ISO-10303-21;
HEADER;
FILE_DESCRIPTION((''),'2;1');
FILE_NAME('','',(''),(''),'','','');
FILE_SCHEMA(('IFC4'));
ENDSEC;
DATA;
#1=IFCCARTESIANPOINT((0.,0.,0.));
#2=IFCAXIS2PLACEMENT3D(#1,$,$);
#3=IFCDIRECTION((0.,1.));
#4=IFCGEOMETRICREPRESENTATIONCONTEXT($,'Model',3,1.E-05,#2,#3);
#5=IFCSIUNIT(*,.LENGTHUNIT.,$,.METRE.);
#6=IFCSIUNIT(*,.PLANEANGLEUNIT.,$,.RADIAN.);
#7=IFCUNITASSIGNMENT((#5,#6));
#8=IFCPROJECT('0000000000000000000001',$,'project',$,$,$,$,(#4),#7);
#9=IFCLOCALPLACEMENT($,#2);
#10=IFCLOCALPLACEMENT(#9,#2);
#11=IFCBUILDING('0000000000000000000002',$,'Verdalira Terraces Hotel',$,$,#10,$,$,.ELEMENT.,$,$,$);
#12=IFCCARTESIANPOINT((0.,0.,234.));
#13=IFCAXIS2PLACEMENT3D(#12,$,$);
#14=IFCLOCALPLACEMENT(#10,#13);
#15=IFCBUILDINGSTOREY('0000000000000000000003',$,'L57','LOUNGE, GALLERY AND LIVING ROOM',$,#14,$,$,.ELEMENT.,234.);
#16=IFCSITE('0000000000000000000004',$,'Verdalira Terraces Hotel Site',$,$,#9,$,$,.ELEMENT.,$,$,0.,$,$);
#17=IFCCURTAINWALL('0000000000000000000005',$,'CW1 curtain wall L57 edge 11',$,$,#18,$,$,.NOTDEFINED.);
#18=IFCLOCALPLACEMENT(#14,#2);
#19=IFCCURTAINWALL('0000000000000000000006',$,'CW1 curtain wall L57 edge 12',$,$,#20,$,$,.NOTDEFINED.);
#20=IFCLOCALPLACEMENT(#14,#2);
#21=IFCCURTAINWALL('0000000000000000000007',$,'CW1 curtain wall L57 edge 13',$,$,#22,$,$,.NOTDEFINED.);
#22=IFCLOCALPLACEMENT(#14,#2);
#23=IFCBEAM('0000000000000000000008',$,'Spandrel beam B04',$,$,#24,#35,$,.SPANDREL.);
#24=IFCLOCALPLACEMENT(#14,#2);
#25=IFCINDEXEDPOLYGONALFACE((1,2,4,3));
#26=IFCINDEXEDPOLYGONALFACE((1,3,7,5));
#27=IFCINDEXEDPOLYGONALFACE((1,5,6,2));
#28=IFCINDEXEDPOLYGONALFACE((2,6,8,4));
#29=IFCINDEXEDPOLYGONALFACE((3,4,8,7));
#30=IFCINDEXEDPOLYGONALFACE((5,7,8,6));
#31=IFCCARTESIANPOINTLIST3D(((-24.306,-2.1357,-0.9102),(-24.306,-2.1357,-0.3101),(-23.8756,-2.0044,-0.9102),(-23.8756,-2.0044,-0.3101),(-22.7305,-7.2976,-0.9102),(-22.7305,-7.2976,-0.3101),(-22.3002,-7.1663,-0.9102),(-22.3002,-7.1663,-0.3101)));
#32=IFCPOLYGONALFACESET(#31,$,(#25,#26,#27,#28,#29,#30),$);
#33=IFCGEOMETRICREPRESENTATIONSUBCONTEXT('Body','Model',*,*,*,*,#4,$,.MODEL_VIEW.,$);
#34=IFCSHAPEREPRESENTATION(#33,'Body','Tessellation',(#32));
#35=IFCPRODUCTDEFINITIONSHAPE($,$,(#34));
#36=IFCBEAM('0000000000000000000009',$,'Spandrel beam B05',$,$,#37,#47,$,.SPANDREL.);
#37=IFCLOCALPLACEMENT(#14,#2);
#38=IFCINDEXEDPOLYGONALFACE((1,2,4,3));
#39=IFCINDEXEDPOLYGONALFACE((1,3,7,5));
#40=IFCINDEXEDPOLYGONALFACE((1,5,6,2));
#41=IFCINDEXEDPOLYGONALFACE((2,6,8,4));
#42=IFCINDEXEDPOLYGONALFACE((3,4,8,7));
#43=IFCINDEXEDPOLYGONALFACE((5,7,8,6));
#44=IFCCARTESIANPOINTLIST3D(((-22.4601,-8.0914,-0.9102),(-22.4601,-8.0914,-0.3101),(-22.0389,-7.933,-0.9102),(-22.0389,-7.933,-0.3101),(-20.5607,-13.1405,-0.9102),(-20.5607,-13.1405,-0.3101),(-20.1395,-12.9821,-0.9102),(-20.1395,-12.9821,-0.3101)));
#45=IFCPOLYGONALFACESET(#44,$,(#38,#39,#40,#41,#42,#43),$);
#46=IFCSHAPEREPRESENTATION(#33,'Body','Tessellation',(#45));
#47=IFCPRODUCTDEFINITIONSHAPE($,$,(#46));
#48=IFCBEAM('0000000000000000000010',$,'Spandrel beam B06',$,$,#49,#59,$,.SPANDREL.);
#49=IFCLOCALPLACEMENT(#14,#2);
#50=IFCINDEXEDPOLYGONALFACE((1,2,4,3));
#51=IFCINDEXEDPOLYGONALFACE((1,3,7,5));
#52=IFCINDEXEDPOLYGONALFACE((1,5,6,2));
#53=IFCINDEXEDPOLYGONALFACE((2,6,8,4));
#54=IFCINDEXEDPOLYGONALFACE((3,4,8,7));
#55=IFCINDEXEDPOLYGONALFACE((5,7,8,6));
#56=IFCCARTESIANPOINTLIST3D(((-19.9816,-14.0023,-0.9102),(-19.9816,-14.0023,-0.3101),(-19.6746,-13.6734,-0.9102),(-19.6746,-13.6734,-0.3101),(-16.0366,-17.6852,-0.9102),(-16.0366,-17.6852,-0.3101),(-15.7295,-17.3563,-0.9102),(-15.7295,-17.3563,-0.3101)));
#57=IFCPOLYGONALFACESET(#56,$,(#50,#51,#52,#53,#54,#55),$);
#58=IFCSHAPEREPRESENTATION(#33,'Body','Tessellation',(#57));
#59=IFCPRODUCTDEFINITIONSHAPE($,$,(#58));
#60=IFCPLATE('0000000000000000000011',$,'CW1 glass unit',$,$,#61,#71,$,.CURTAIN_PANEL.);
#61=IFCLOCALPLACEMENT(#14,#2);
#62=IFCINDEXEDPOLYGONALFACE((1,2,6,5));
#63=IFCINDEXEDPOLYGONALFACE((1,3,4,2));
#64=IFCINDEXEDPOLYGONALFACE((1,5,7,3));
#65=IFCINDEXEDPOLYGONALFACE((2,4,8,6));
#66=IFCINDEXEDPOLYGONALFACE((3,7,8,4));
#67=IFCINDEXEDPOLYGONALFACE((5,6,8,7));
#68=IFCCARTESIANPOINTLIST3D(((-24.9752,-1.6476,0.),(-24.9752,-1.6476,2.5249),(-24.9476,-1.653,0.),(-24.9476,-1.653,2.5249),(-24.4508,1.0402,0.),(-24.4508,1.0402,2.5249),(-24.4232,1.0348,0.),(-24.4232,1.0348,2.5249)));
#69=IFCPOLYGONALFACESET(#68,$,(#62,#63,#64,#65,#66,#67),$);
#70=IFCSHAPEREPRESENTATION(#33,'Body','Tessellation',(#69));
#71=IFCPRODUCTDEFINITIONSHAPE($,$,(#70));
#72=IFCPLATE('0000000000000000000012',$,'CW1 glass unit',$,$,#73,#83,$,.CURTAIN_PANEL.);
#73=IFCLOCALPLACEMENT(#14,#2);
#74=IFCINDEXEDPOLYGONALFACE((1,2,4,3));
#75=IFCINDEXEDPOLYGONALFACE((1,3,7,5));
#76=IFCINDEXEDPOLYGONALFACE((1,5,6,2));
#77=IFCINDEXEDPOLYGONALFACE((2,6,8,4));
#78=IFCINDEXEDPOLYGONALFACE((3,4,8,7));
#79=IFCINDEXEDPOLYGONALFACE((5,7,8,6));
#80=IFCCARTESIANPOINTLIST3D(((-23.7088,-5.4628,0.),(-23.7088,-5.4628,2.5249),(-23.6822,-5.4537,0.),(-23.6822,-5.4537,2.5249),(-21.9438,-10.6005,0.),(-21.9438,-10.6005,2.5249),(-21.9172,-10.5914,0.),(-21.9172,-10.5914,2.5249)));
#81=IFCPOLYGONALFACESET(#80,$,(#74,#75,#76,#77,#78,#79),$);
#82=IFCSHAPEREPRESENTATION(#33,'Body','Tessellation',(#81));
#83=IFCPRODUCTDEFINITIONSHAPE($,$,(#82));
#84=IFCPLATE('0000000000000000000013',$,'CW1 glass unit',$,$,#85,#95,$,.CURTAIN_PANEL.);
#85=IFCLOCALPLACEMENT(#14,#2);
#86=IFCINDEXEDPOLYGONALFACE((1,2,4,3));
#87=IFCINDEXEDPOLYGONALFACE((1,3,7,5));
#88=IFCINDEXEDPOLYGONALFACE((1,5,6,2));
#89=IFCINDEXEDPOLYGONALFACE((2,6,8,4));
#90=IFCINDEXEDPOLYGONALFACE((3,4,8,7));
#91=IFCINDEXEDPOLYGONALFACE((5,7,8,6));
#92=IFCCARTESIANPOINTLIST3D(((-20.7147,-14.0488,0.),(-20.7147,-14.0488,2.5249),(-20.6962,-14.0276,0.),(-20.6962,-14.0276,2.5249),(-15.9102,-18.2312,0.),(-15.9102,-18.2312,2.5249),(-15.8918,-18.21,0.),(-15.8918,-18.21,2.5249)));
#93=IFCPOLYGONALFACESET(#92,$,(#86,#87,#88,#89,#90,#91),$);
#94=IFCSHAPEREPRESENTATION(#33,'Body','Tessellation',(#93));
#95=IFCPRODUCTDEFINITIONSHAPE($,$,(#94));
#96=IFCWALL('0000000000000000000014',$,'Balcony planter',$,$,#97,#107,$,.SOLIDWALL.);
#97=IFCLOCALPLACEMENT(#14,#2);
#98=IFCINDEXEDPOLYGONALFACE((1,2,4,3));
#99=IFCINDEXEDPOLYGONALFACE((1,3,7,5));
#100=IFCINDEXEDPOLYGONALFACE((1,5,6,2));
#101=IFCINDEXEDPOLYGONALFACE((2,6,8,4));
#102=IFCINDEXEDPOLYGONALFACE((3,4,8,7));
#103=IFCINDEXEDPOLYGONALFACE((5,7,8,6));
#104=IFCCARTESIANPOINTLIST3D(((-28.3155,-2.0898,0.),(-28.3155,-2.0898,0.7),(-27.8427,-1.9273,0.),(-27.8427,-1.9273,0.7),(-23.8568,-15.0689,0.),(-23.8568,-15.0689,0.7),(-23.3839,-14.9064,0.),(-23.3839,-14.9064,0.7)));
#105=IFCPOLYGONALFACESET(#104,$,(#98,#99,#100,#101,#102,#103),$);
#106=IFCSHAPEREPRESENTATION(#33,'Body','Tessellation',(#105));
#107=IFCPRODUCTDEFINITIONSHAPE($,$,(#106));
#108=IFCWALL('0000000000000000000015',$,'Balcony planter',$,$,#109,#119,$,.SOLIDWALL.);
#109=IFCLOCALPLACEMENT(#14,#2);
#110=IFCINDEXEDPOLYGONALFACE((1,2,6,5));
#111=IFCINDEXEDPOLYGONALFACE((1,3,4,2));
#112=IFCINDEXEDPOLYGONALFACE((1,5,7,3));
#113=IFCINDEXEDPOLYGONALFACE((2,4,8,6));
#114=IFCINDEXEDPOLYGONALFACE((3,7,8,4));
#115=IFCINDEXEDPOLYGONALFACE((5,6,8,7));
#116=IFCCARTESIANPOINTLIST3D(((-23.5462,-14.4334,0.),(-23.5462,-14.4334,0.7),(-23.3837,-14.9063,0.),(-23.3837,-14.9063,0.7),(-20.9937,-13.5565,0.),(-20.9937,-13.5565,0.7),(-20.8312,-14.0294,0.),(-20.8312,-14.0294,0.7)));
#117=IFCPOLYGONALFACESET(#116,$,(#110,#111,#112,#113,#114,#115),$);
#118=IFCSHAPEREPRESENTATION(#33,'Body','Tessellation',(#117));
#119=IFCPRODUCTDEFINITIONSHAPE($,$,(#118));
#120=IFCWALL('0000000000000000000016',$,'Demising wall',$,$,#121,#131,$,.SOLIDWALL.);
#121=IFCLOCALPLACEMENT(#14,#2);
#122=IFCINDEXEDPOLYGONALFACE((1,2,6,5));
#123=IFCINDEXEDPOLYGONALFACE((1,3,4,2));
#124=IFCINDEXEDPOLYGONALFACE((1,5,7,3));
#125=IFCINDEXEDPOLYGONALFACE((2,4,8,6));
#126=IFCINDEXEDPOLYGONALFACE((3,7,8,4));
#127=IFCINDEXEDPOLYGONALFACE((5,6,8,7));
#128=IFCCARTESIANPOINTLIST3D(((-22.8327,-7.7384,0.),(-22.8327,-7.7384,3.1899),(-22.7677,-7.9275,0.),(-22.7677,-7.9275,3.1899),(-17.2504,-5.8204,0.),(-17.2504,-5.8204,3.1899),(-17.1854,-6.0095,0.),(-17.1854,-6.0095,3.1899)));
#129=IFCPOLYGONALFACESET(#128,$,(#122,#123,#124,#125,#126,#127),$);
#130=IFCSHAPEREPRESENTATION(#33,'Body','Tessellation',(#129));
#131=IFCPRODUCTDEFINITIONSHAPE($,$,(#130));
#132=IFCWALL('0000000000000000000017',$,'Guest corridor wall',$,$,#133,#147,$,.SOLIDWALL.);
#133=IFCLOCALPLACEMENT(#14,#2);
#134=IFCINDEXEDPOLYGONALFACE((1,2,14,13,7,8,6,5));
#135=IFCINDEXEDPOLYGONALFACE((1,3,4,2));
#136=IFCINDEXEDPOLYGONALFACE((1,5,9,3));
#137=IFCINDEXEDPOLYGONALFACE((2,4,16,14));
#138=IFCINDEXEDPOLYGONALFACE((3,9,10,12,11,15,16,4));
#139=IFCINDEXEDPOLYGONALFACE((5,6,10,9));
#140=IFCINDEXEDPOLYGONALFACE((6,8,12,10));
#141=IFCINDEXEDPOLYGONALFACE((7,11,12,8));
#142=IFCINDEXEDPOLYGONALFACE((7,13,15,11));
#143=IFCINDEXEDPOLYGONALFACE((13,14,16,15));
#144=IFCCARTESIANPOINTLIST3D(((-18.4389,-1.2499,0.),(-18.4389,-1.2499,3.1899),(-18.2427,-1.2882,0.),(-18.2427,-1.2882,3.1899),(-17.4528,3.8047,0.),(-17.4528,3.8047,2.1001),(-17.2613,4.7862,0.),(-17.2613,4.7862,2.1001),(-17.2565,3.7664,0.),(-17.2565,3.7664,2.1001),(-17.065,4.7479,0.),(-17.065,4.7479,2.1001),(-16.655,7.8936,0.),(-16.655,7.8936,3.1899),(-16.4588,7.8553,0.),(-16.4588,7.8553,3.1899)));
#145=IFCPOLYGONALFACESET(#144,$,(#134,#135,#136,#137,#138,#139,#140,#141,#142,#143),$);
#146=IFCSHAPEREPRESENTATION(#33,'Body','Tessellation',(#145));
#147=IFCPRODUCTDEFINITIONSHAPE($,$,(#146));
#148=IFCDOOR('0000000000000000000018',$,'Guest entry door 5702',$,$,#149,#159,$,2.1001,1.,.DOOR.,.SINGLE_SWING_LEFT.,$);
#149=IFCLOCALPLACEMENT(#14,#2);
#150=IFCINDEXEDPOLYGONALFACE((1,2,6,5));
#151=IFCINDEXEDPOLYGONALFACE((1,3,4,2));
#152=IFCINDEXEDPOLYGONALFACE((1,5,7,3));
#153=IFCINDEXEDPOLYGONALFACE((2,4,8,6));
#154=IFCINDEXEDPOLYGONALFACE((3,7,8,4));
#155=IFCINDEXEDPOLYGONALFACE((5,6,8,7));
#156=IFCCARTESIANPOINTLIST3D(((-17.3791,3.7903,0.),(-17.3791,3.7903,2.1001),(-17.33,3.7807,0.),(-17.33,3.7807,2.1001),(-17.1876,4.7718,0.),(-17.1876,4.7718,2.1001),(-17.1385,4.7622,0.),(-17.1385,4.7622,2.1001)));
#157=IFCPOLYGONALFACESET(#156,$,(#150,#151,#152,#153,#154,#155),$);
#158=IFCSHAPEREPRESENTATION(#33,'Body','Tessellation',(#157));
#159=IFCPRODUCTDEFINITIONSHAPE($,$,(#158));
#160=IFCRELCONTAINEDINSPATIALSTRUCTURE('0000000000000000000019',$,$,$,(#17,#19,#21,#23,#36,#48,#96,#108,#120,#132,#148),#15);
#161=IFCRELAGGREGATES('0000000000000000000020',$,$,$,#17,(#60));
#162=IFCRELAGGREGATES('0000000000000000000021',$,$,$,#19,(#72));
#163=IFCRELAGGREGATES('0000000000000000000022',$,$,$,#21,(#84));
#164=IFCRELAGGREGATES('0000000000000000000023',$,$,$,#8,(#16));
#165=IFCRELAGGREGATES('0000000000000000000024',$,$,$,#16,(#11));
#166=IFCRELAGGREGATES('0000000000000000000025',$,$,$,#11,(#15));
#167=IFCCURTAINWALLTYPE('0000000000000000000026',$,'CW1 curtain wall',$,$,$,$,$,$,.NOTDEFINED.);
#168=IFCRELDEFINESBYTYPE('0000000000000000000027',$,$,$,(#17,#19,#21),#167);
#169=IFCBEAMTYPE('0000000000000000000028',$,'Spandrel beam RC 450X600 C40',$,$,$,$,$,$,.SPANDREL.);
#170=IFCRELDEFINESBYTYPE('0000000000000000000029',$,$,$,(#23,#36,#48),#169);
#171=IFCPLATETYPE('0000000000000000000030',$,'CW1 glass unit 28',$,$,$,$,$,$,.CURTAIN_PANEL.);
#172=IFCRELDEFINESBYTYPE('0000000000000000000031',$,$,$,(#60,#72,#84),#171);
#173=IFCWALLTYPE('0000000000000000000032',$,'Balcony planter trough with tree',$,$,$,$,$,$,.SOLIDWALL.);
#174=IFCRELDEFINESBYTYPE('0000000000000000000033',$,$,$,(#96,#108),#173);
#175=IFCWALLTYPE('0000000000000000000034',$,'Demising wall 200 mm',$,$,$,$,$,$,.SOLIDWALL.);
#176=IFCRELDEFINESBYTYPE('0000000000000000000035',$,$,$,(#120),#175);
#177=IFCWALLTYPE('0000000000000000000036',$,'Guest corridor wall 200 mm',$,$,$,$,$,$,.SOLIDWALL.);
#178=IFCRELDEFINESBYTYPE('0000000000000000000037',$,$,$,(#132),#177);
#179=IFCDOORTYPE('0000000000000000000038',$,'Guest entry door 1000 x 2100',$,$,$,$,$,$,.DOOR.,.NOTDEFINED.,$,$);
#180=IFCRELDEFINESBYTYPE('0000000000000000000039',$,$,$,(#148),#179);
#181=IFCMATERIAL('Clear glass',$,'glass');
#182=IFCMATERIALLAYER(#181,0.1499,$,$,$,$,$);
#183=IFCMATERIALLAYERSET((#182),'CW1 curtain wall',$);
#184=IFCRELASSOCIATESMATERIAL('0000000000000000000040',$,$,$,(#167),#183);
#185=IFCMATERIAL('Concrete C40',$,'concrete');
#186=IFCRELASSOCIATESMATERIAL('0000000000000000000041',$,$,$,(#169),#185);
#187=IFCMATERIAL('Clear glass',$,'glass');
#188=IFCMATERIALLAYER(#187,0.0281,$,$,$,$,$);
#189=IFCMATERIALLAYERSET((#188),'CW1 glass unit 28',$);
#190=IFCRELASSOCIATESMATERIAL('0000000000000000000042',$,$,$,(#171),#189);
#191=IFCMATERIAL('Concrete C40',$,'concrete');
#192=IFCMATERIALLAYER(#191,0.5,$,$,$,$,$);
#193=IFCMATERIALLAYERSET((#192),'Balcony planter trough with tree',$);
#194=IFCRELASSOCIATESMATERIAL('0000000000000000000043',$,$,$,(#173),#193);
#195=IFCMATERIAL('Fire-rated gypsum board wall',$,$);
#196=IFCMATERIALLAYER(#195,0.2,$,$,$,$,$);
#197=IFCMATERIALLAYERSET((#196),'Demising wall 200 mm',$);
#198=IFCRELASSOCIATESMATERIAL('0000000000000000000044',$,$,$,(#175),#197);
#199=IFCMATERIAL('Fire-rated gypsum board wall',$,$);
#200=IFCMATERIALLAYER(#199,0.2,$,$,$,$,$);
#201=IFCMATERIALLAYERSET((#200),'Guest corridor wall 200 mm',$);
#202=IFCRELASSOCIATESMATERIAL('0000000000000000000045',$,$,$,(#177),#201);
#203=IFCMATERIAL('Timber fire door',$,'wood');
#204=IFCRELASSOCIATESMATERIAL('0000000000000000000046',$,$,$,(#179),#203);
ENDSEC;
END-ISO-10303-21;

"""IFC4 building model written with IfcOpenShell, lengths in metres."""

from ifc_helpers import new_model, si_unit, direction, frame, frame_2d, origin, origin_2d, place, context, subcontext, project, spatial, rectangle, extrude, material, layer, layer_set, material_profile, profile_set, type_object, element, fill, aggregate, save


model = new_model("IFC4")

# Units and contexts
model_context = context("Model", 3, precision=1e-05, world=origin(), true_north=direction((0.0, 1.0)))
body_context = subcontext(model_context, "Body", "Model", "MODEL_VIEW")
ifc_project = project(units=[si_unit("LENGTHUNIT", "METRE"), si_unit("PLANEANGLEUNIT", "RADIAN")], contexts=[model_context])

# Site, building, storey
site_placement = place(None, origin())
site = spatial("IfcSite", under=ifc_project, at=site_placement, Name="Verdalira Terraces Hotel Site", CompositionType="ELEMENT", RefElevation=0.0)
building_placement = place(site_placement, origin())
building = spatial("IfcBuilding", under=site, at=building_placement, Name="Verdalira Terraces Hotel", CompositionType="ELEMENT")
storey_placement = place(building_placement, frame((0.0, 0.0, 234.0)))
storey = spatial("IfcBuildingStorey", under=building, at=storey_placement, Name="L57", Description="LOUNGE, GALLERY AND LIVING ROOM", CompositionType="ELEMENT", Elevation=234.0)

# Curtain wall
ifc_material_1 = material(Name="Clear glass", Category="glass")
ifc_layer_1 = layer(ifc_material_1, 0.1499)
ifc_layer_set_1 = layer_set([ifc_layer_1], Name="CW1 curtain wall")
curtain_wall_type = type_object("IfcCurtainWallType", Name="CW1 curtain wall", PredefinedType="NOTDEFINED", material=ifc_layer_set_1)
curtain_wall_1_placement = place(storey_placement, origin())
curtain_wall_1 = element("IfcCurtainWall", 1, at=curtain_wall_1_placement, inside=storey, type_object=curtain_wall_type, Name="CW1 curtain wall L57 edge 11", PredefinedType="NOTDEFINED")

# Curtain wall
curtain_wall_2_placement = place(storey_placement, origin())
curtain_wall_2 = element("IfcCurtainWall", 2, at=curtain_wall_2_placement, inside=storey, type_object=curtain_wall_type, Name="CW1 curtain wall L57 edge 12", PredefinedType="NOTDEFINED")

# Curtain wall
curtain_wall_3_placement = place(storey_placement, origin())
curtain_wall_3 = element("IfcCurtainWall", 3, at=curtain_wall_3_placement, inside=storey, type_object=curtain_wall_type, Name="CW1 curtain wall L57 edge 13", PredefinedType="NOTDEFINED")

# Beams
ifc_material_2 = material(Name="Concrete C40", Category="concrete")
ifc_material_profile_1 = material_profile(ifc_material_2, rectangle(XDim=0.45, YDim=0.6001, at=origin_2d()), Name="RC 450X600")
ifc_profile_set_1 = profile_set([ifc_material_profile_1], Name="Concrete C40")
beam_type_1 = type_object("IfcBeamType", Name="Spandrel beam RC 450X600 C40", PredefinedType="SPANDREL", material=ifc_profile_set_1)
beam_1_placement = place(storey_placement, frame((-24.0908, -2.0701, -0.6101), z_axis=(0.291914, -0.956445, 0.0), x_axis=(0.956445, 0.291914, 0.0)))
element("IfcBeam", 4, at=beam_1_placement, inside=storey, type_object=beam_type_1, Name="Spandrel beam B04", PredefinedType="SPANDREL", context=body_context, shape_type="SweptSolid", body=[
    extrude(rectangle(XDim=0.45, YDim=0.6001, at=origin_2d()), origin(), (0.0, 0.0, 1.0), 5.397),
])
beam_2_placement = place(storey_placement, frame((-22.2495, -8.0122, -0.6101), z_axis=(0.3521, -0.935962, 0.0), x_axis=(0.935962, 0.3521, 0.0)))
element("IfcBeam", 5, at=beam_2_placement, inside=storey, type_object=beam_type_1, Name="Spandrel beam B05", PredefinedType="SPANDREL", context=body_context, shape_type="SweptSolid", body=[
    extrude(rectangle(XDim=0.45, YDim=0.6001, at=origin_2d()), origin(), (0.0, 0.0, 1.0), 5.3945),
])
beam_3_placement = place(storey_placement, frame((-19.8281, -13.8379, -0.6101), z_axis=(0.730982, -0.682397, 0.0), x_axis=(0.682397, 0.730982, 0.0)))
element("IfcBeam", 6, at=beam_3_placement, inside=storey, type_object=beam_type_1, Name="Spandrel beam B06", PredefinedType="SPANDREL", context=body_context, shape_type="SweptSolid", body=[
    extrude(rectangle(XDim=0.45, YDim=0.6001, at=origin_2d()), origin(), (0.0, 0.0, 1.0), 5.397),
])

# Plates
ifc_material_3 = material(Name="Clear glass", Category="glass")
ifc_layer_2 = layer(ifc_material_3, 0.0281)
ifc_layer_set_2 = layer_set([ifc_layer_2], Name="CW1 glass unit 28")
plate_type = type_object("IfcPlateType", Name="CW1 glass unit 28", PredefinedType="CURTAIN_PANEL", material=ifc_layer_set_2)
plate_1_placement = place(storey_placement, frame((-24.6992, -0.3064, 0.0), z_axis=(0.0, 0.0, 1.0), x_axis=(-0.191494, -0.981494, 0.0)))
plate_1 = element("IfcPlate", 7, at=plate_1_placement, type_object=plate_type, Name="CW1 glass unit", PredefinedType="CURTAIN_PANEL", context=body_context, shape_type="SweptSolid", body=[
    extrude(rectangle(XDim=2.7385, YDim=0.0281, at=origin_2d()), origin(), (0.0, 0.0, 1.0), 2.5249),
])
aggregate(curtain_wall_1, [plate_1])
plate_2_placement = place(storey_placement, frame((-22.813, -8.0271, 0.0), z_axis=(0.0, 0.0, 1.0), x_axis=(0.324908, -0.945746, 0.0)))
plate_2 = element("IfcPlate", 8, at=plate_2_placement, type_object=plate_type, Name="CW1 glass unit", PredefinedType="CURTAIN_PANEL", context=body_context, shape_type="SweptSolid", body=[
    extrude(rectangle(XDim=5.4324, YDim=0.0281, at=origin_2d()), origin(), (0.0, 0.0, 1.0), 2.5249),
])
aggregate(curtain_wall_2, [plate_2])
plate_3_placement = place(storey_placement, frame((-18.3032, -16.1294, 0.0), z_axis=(0.0, 0.0, 1.0), x_axis=(0.754251, -0.656586, 0.0)))
plate_3 = element("IfcPlate", 9, at=plate_3_placement, type_object=plate_type, Name="CW1 glass unit", PredefinedType="CURTAIN_PANEL", context=body_context, shape_type="SweptSolid", body=[
    extrude(rectangle(XDim=6.3699, YDim=0.0281, at=origin_2d()), origin(), (0.0, 0.0, 1.0), 2.5249),
])
aggregate(curtain_wall_3, [plate_3])

# Walls
ifc_material_4 = material(Name="Concrete C40", Category="concrete")
ifc_layer_3 = layer(ifc_material_4, 0.5)
ifc_layer_set_3 = layer_set([ifc_layer_3], Name="Balcony planter trough with tree")
wall_type_1 = type_object("IfcWallType", Name="Balcony planter trough with tree", PredefinedType="SOLIDWALL", material=ifc_layer_set_3)
wall_1_placement = place(storey_placement, frame((-28.0791, -2.0085, 0.0), z_axis=(0.0, 0.0, 1.0), x_axis=(0.324898, -0.945749, 0.0)))
element("IfcWall", 10, at=wall_1_placement, inside=storey, type_object=wall_type_1, Name="Balcony planter", PredefinedType="SOLIDWALL", context=body_context, shape_type="SweptSolid", body=[
    extrude(rectangle(XDim=13.7236, YDim=0.5, at=frame_2d((6.8618, 0.0))), origin(), (0.0, 0.0, 1.0), 0.7),
])
wall_2_placement = place(storey_placement, frame((-23.4651, -14.6699, 0.0), z_axis=(0.0, 0.0, 1.0), x_axis=(0.94574, 0.324926, 0.0)))
element("IfcWall", 11, at=wall_2_placement, inside=storey, type_object=wall_type_1, Name="Balcony planter", PredefinedType="SOLIDWALL", context=body_context, shape_type="SweptSolid", body=[
    extrude(rectangle(XDim=2.699, YDim=0.5, at=frame_2d((1.3496, 0.0))), origin(), (0.0, 0.0, 1.0), 0.7),
])
ifc_material_5 = material(Name="Fire-rated gypsum board wall")
ifc_layer_4 = layer(ifc_material_5, 0.2)
ifc_layer_set_4 = layer_set([ifc_layer_4], Name="Demising wall 200 mm")
wall_type_2 = type_object("IfcWallType", Name="Demising wall 200 mm", PredefinedType="SOLIDWALL", material=ifc_layer_set_4)
wall_3_placement = place(storey_placement, frame((-17.218, -5.915, 0.0), z_axis=(0.0, 0.0, 1.0), x_axis=(-0.945735, -0.324938, 0.0)))
element("IfcWall", 12, at=wall_3_placement, inside=storey, type_object=wall_type_2, Name="Demising wall", PredefinedType="SOLIDWALL", context=body_context, shape_type="SweptSolid", body=[
    extrude(rectangle(XDim=5.9026, YDim=0.2, at=frame_2d((2.9512, 0.0))), origin(), (0.0, 0.0, 1.0), 3.1899),
])

# Wall, opening, door
ifc_material_6 = material(Name="Fire-rated gypsum board wall")
ifc_layer_5 = layer(ifc_material_6, 0.2)
ifc_layer_set_5 = layer_set([ifc_layer_5], Name="Guest corridor wall 200 mm")
wall_type_3 = type_object("IfcWallType", Name="Guest corridor wall 200 mm", PredefinedType="SOLIDWALL", material=ifc_layer_set_5)
wall_4_placement = place(storey_placement, frame((-18.3408, -1.269, 0.0), z_axis=(0.0, 0.0, 1.0), x_axis=(0.191493, 0.981494, 0.0)))
wall_4 = element("IfcWall", 13, at=wall_4_placement, inside=storey, type_object=wall_type_3, Name="Guest corridor wall", PredefinedType="SOLIDWALL", context=body_context, shape_type="SweptSolid", body=[
    extrude(rectangle(XDim=9.3159, YDim=0.2, at=frame_2d((4.658, 0.0))), origin(), (0.0, 0.0, 1.0), 3.1899),
])
opening_1_placement = place(wall_4_placement, frame((5.1499, 0.0, 0.0)))
opening_1 = element("IfcOpeningElement", 14, at=opening_1_placement, cuts=wall_4, PredefinedType="OPENING", context=body_context, shape_type="SweptSolid", body=[
    extrude(rectangle(XDim=1.0, YDim=2.1001, at=frame_2d((0.5, 1.05))), frame((0.0, 0.1099, 0.0), z_axis=(0.0, -1.0, 0.0), x_axis=(1.0, 0.0, 0.0)), (0.0, 0.0, 1.0), 0.22),
])
ifc_material_7 = material(Name="Timber fire door", Category="wood")
door_type_1 = type_object("IfcDoorType", Name="Guest entry door 1000 x 2100", OperationType="NOTDEFINED", PredefinedType="DOOR", material=ifc_material_7)
door_1_placement = place(opening_1_placement, origin())
door_1 = element("IfcDoor", 15, at=door_1_placement, inside=storey, type_object=door_type_1, Name="Guest entry door 5702", OperationType="SINGLE_SWING_LEFT", OverallHeight=2.1001, OverallWidth=1.0, PredefinedType="DOOR", context=body_context, shape_type="SweptSolid", body=[
    extrude(rectangle(XDim=1.0, YDim=2.1001, at=frame_2d((0.5, 1.05))), frame((0.0, 0.0249, 0.0), z_axis=(0.0, -1.0, 0.0), x_axis=(1.0, 0.0, 0.0)), (0.0, 0.0, 1.0), 0.05),
])
fill(opening_1, door_1)

save(model, "model.ifc")
